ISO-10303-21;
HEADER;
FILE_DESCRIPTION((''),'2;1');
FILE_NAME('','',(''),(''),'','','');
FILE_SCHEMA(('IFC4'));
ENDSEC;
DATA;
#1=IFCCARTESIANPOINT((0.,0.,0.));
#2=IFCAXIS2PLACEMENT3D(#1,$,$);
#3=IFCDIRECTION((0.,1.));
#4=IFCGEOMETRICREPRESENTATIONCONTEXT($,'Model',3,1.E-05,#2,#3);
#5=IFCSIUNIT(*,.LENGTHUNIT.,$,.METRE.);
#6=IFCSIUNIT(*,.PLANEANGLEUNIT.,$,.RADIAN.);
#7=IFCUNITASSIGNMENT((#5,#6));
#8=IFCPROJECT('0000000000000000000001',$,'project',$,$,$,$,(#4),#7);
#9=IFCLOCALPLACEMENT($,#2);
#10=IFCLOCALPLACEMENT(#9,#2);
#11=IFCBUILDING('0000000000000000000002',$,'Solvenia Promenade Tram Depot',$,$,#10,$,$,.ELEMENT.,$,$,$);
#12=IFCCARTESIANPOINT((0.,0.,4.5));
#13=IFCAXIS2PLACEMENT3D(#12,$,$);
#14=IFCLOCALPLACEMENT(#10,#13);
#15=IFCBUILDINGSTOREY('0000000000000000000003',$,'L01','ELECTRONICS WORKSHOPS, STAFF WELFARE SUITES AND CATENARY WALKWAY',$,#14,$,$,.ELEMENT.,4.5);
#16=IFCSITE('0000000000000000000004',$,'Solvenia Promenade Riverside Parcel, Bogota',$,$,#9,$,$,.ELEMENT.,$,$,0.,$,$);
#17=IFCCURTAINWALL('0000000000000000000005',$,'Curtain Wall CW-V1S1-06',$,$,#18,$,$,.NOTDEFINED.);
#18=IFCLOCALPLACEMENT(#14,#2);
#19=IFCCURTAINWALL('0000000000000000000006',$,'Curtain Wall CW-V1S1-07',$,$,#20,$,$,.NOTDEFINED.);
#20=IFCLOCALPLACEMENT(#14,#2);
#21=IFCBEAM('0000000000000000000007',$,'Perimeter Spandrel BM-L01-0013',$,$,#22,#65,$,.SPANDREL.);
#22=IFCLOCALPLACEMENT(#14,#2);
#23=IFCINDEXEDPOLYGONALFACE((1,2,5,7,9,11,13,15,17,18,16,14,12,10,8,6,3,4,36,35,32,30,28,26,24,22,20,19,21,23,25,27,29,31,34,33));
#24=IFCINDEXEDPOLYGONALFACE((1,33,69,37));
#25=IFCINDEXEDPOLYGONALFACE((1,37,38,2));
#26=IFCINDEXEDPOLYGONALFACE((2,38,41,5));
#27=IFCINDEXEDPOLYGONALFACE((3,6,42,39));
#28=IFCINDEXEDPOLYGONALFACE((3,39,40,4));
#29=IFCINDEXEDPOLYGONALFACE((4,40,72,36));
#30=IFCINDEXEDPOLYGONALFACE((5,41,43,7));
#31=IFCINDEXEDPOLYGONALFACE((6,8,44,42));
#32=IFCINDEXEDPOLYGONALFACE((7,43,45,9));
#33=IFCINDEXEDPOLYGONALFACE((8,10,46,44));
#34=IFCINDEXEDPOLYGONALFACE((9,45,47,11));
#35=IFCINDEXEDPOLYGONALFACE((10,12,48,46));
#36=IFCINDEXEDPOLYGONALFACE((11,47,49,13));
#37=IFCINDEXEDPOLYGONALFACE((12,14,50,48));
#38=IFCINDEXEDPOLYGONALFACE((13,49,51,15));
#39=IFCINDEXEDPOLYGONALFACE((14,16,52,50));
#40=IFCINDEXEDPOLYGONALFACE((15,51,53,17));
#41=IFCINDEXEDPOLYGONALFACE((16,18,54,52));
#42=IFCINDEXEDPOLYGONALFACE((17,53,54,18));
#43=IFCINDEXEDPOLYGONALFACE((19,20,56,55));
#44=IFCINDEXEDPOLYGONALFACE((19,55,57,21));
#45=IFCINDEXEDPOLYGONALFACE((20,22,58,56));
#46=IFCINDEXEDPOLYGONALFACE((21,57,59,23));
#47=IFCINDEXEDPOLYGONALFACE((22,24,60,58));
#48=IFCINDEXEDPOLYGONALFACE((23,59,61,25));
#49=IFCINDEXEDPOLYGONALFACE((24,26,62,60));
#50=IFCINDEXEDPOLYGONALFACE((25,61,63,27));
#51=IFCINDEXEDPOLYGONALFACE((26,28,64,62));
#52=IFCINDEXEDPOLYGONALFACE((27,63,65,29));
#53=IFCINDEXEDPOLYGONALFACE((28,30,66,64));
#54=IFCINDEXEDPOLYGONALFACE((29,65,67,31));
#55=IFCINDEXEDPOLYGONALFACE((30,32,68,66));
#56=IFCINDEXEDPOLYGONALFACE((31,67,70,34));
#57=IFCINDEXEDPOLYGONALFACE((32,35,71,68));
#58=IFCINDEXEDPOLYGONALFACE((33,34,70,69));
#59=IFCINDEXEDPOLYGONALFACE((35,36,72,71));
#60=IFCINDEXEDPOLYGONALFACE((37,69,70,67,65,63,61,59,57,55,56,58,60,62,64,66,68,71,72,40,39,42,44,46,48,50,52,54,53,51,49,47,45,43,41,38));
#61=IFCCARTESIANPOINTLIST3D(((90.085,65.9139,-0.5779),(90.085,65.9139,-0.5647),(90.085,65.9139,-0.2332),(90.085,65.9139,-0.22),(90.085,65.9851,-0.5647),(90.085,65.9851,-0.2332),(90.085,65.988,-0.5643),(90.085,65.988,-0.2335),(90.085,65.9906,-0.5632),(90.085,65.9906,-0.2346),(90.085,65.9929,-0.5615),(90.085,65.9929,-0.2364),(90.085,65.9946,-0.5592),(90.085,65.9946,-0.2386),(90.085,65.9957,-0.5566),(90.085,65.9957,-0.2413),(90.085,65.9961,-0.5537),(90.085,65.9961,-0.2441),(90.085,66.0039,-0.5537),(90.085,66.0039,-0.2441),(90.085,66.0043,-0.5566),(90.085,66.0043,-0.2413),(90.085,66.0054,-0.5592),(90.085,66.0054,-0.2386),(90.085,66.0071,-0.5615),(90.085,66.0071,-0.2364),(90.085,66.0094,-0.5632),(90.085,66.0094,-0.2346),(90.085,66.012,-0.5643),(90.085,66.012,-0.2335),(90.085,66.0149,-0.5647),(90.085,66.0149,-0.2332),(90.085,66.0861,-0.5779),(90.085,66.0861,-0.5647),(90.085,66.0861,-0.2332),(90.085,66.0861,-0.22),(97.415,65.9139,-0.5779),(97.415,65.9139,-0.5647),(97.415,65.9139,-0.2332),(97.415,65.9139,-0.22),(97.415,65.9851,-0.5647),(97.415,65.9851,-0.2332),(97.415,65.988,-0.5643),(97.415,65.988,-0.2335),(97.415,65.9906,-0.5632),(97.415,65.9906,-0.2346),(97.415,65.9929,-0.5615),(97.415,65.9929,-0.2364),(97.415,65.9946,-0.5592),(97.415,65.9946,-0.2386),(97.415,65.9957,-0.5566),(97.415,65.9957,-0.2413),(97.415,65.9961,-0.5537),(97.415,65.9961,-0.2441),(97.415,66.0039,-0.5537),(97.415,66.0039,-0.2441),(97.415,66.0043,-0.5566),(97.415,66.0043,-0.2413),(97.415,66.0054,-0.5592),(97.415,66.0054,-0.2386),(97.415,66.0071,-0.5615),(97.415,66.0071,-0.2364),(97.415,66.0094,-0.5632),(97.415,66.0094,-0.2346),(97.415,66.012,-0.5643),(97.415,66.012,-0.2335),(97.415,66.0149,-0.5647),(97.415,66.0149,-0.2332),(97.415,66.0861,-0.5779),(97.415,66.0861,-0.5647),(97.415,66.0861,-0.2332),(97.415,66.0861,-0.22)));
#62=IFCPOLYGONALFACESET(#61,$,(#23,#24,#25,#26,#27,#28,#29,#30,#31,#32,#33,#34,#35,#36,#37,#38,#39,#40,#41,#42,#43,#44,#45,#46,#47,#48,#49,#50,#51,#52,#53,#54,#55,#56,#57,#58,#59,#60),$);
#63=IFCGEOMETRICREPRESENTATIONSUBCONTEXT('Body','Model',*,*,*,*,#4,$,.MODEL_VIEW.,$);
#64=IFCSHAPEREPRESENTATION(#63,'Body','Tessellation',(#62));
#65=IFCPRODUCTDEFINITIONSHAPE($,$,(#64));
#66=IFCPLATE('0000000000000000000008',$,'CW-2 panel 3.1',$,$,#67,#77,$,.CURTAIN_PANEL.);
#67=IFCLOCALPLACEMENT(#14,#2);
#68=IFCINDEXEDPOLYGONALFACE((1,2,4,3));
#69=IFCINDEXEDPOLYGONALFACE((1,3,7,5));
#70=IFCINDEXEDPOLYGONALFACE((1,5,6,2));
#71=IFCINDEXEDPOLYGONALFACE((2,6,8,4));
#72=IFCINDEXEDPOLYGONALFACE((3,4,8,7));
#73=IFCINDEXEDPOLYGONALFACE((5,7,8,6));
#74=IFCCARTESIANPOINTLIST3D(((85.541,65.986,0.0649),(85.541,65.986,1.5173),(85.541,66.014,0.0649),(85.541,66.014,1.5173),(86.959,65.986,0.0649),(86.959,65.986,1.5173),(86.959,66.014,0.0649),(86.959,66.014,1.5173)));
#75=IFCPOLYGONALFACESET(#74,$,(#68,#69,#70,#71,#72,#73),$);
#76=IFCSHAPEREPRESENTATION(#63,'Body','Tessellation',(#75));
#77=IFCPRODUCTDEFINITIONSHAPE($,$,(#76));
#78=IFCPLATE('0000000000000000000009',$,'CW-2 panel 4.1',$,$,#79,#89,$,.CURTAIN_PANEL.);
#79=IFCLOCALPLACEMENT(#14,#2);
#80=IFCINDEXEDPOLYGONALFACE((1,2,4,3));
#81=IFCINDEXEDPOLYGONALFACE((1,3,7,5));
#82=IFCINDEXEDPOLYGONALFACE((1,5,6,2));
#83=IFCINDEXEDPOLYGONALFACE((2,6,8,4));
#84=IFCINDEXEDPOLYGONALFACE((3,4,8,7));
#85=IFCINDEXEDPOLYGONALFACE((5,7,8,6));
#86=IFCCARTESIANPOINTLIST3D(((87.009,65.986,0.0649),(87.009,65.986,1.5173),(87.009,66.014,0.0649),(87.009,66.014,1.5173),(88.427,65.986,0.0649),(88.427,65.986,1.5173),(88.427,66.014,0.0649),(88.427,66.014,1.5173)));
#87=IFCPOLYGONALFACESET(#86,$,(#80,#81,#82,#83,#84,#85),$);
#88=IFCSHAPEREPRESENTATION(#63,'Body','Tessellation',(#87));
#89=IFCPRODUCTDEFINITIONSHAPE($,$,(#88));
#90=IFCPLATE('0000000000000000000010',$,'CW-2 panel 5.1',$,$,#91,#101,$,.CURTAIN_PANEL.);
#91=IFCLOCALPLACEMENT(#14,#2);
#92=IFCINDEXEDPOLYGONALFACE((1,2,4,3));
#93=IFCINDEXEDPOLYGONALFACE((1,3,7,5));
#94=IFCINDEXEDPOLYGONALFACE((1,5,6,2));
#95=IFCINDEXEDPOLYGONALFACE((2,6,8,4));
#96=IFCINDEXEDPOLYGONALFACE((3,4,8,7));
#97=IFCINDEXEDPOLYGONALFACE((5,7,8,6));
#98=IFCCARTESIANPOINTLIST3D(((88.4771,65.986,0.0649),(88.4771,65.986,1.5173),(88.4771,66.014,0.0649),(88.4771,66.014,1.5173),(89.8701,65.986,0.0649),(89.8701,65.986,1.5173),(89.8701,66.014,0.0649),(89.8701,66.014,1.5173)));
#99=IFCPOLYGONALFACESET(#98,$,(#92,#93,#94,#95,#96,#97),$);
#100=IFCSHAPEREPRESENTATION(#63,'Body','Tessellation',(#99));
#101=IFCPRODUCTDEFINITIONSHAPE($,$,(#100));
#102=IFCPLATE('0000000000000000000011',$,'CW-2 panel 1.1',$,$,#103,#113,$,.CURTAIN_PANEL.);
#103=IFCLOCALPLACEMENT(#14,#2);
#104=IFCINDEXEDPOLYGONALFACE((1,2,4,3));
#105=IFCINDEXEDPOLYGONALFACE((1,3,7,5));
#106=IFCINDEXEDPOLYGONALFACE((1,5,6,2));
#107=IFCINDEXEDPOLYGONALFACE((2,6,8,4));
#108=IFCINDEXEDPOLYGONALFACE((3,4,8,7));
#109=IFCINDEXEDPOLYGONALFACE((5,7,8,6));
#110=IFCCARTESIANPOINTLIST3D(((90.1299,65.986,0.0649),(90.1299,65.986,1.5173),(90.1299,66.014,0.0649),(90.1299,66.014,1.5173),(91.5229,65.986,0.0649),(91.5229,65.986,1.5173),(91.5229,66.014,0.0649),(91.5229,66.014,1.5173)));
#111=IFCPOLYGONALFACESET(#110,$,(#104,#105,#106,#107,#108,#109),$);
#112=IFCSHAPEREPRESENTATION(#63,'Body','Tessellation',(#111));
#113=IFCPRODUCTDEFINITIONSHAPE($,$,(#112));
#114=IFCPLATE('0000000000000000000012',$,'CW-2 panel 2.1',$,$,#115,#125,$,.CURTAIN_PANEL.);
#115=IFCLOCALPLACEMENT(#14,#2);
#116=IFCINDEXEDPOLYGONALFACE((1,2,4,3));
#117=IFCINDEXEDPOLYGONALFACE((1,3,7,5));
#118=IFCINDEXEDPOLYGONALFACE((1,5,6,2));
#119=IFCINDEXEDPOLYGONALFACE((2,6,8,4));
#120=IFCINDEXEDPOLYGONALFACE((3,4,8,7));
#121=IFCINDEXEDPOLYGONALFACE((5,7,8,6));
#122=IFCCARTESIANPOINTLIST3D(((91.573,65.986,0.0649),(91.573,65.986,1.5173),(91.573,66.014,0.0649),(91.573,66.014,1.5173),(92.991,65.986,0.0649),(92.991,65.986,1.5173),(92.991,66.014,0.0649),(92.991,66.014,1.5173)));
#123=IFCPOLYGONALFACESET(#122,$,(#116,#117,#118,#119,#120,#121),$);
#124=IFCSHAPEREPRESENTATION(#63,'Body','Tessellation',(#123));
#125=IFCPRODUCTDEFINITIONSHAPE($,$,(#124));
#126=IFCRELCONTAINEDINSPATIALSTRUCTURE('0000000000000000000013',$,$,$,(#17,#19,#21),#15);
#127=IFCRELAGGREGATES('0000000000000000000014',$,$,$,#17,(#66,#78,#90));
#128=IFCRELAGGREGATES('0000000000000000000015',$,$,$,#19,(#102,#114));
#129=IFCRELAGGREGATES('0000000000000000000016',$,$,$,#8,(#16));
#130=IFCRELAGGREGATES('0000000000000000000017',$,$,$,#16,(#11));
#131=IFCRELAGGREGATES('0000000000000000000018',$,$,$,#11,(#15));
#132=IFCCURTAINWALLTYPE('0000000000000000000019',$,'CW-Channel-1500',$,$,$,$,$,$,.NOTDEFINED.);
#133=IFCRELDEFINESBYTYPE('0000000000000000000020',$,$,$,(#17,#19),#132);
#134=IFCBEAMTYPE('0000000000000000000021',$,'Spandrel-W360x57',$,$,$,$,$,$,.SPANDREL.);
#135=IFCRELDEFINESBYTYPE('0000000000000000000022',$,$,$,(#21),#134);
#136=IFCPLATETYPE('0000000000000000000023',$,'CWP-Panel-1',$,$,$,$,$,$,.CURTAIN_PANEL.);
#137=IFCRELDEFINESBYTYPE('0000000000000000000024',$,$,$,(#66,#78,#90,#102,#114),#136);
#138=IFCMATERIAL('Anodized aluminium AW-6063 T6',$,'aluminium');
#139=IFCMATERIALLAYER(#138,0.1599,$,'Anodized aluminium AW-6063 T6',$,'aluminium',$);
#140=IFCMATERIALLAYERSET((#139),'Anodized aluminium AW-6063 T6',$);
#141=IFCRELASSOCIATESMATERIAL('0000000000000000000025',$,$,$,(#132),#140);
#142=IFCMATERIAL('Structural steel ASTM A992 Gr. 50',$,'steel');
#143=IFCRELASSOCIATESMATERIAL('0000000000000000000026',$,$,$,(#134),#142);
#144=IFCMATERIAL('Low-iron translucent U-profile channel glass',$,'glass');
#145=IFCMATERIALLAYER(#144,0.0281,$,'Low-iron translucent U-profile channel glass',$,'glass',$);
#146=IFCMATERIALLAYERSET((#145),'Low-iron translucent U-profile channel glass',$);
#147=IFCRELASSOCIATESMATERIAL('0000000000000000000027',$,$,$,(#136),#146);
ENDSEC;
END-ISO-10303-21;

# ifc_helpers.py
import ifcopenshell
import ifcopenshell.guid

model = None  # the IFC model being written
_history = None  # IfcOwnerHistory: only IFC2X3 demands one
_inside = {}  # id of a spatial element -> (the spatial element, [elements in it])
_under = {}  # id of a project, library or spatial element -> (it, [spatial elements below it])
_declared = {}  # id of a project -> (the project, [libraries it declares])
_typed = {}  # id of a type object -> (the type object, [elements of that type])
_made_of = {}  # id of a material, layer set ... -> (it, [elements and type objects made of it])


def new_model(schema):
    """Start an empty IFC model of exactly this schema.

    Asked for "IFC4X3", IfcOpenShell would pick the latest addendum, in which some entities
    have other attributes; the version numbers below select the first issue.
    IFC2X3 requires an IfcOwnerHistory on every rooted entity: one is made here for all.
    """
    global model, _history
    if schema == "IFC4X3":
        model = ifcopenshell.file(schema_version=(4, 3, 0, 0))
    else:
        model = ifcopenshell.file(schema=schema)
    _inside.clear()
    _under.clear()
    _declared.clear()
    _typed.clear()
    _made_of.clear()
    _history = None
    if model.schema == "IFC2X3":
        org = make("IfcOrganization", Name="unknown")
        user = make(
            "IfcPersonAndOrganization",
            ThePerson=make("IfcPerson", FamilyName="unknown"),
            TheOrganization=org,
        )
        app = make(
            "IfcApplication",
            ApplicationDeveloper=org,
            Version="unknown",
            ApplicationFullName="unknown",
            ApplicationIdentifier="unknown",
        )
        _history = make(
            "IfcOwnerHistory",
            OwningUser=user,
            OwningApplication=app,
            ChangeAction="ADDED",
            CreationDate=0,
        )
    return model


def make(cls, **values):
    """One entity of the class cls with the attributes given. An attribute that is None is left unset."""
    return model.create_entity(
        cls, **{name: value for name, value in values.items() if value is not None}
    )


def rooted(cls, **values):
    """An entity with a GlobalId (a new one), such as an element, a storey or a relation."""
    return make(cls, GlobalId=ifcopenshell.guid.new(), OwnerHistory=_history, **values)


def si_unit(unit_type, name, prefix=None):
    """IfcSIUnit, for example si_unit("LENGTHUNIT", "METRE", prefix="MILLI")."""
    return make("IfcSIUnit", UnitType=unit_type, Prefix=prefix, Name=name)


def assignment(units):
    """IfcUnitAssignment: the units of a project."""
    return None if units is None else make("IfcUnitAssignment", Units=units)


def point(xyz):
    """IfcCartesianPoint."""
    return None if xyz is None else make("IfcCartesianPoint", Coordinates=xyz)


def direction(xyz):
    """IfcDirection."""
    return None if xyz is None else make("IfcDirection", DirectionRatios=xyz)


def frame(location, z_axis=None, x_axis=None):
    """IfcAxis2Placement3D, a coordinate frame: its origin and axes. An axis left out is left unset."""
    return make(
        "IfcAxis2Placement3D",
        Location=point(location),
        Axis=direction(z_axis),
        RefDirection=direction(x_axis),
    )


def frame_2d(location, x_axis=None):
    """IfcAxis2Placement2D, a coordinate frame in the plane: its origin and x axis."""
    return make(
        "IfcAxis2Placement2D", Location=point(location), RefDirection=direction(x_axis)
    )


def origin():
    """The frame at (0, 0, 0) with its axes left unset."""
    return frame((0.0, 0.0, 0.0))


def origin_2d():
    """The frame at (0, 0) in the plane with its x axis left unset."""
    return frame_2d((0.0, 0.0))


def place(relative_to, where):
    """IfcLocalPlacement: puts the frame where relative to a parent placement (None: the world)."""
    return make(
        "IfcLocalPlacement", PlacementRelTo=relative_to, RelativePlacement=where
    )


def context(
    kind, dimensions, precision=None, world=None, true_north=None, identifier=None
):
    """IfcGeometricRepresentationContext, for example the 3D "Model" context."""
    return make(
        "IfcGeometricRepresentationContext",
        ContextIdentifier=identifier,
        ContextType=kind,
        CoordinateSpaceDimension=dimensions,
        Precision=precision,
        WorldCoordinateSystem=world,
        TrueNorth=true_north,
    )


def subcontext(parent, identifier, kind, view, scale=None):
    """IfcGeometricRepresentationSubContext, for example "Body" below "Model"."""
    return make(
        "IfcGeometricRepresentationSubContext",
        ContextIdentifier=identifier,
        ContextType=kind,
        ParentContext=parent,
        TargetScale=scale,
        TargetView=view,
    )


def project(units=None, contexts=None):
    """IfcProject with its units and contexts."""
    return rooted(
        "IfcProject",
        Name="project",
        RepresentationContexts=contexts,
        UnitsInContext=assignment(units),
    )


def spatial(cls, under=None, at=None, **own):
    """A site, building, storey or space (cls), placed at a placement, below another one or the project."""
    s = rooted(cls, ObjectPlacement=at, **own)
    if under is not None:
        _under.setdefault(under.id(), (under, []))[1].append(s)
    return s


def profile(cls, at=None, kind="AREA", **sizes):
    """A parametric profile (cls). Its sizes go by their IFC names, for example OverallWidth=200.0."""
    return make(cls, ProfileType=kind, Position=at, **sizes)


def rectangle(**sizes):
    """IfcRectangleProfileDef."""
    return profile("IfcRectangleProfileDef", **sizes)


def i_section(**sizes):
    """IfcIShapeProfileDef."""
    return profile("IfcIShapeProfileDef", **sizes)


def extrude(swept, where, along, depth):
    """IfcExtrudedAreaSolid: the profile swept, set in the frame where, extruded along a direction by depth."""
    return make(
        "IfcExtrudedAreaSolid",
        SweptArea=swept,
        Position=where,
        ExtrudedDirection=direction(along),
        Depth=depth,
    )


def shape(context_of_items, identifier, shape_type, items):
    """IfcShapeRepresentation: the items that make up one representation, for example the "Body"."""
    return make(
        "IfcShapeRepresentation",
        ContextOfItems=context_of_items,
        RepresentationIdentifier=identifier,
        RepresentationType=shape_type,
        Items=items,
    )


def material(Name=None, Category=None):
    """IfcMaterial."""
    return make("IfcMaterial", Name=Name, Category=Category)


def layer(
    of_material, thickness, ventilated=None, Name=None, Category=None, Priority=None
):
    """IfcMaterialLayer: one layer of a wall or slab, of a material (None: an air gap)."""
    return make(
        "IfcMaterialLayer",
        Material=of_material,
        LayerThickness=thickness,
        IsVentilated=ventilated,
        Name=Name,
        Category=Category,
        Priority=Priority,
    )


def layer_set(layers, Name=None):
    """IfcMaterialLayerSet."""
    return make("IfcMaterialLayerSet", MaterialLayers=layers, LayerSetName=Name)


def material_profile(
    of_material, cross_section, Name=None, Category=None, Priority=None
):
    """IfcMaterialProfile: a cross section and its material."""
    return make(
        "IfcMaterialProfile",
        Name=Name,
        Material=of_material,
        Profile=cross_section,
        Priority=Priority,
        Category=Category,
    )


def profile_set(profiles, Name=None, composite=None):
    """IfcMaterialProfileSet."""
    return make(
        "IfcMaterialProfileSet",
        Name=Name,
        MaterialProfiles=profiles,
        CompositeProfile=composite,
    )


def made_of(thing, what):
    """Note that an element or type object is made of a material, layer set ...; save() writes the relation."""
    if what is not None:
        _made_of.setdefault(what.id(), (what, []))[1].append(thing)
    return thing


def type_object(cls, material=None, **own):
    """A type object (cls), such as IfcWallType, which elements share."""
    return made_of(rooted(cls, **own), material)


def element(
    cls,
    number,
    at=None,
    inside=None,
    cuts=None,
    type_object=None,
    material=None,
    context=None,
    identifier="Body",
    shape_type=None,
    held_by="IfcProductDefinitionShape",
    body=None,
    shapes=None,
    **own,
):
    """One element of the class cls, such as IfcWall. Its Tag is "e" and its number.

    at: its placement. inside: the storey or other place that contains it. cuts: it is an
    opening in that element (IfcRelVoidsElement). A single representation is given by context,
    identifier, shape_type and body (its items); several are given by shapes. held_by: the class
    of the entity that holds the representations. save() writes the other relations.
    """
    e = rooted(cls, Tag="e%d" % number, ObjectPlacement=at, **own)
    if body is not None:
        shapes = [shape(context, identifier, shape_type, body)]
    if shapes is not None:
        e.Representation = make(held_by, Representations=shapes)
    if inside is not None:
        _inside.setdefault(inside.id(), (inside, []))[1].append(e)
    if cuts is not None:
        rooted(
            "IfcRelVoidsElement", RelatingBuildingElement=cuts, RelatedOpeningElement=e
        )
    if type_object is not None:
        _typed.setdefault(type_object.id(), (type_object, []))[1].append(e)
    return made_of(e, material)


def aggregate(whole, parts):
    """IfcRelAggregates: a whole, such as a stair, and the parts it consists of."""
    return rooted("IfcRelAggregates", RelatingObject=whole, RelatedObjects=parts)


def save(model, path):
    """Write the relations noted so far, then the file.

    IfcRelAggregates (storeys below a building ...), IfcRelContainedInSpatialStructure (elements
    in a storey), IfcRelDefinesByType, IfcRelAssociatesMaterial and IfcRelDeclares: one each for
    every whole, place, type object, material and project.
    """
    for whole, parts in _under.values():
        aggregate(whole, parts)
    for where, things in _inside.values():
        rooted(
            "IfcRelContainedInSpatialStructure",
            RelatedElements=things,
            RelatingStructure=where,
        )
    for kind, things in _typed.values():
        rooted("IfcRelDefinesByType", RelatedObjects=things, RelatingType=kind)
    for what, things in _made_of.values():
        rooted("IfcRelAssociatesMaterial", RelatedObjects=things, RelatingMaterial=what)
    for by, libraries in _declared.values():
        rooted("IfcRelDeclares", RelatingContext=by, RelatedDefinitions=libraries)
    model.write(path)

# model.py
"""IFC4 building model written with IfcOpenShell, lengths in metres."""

from ifc_helpers import new_model, si_unit, direction, frame, origin, origin_2d, place, context, subcontext, project, spatial, rectangle, i_section, extrude, material, layer, layer_set, material_profile, profile_set, type_object, element, aggregate, save


model = new_model("IFC4")

# Units and contexts
model_context = context("Model", 3, precision=1e-05, world=origin(), true_north=direction((0.0, 1.0)))
body_context = subcontext(model_context, "Body", "Model", "MODEL_VIEW")
ifc_project = project(units=[si_unit("LENGTHUNIT", "METRE"), si_unit("PLANEANGLEUNIT", "RADIAN")], contexts=[model_context])

# Site, building, storey
site_placement = place(None, origin())
site = spatial("IfcSite", under=ifc_project, at=site_placement, Name="Solvenia Promenade Riverside Parcel, Bogota", CompositionType="ELEMENT", RefElevation=0.0)
building_placement = place(site_placement, origin())
building = spatial("IfcBuilding", under=site, at=building_placement, Name="Solvenia Promenade Tram Depot", CompositionType="ELEMENT")
storey_placement = place(building_placement, frame((0.0, 0.0, 4.5)))
storey = spatial("IfcBuildingStorey", under=building, at=storey_placement, Name="L01", Description="ELECTRONICS WORKSHOPS, STAFF WELFARE SUITES AND CATENARY WALKWAY", CompositionType="ELEMENT", Elevation=4.5)

# Shared definitions
ifc_material_1 = material(Name="Structural steel ASTM A992 Gr. 50", Category="steel")

# Curtain walls
ifc_material_2 = material(Name="Anodized aluminium AW-6063 T6", Category="aluminium")
ifc_layer_1 = layer(ifc_material_2, 0.1599, Name="Anodized aluminium AW-6063 T6", Category="aluminium")
ifc_layer_set_1 = layer_set([ifc_layer_1], Name="Anodized aluminium AW-6063 T6")
curtain_wall_type = type_object("IfcCurtainWallType", Name="CW-Channel-1500", PredefinedType="NOTDEFINED", material=ifc_layer_set_1)
curtain_wall_1_placement = place(storey_placement, origin())
curtain_wall_1 = element("IfcCurtainWall", 1, at=curtain_wall_1_placement, inside=storey, type_object=curtain_wall_type, Name="Curtain Wall CW-V1S1-06", PredefinedType="NOTDEFINED")
curtain_wall_2_placement = place(storey_placement, origin())
curtain_wall_2 = element("IfcCurtainWall", 2, at=curtain_wall_2_placement, inside=storey, type_object=curtain_wall_type, Name="Curtain Wall CW-V1S1-07", PredefinedType="NOTDEFINED")

# Beam
ifc_material_profile_1 = material_profile(ifc_material_1, i_section(OverallWidth=0.1721, OverallDepth=0.3579, WebThickness=0.0078, FlangeThickness=0.0132, FilletRadius=0.011, at=origin_2d()), Name="W360x57", Category="steel")
ifc_profile_set_1 = profile_set([ifc_material_profile_1], Name="Structural steel ASTM A992 Gr. 50")
beam_type = type_object("IfcBeamType", Name="Spandrel-W360x57", PredefinedType="SPANDREL", material=ifc_profile_set_1)
beam_placement = place(storey_placement, frame((90.085, 66.0, -0.3989), z_axis=(1.0, 0.0, 0.0), x_axis=(0.0, 1.0, 0.0)))
element("IfcBeam", 3, at=beam_placement, inside=storey, type_object=beam_type, Name="Perimeter Spandrel BM-L01-0013", PredefinedType="SPANDREL", context=body_context, shape_type="SweptSolid", body=[
    extrude(i_section(OverallWidth=0.1721, OverallDepth=0.3579, WebThickness=0.0078, FlangeThickness=0.0132, FilletRadius=0.011, at=origin_2d()), origin(), (0.0, 0.0, 1.0), 7.3301),
])

# Plates
ifc_material_3 = material(Name="Low-iron translucent U-profile channel glass", Category="glass")
ifc_layer_2 = layer(ifc_material_3, 0.0281, Name="Low-iron translucent U-profile channel glass", Category="glass")
ifc_layer_set_2 = layer_set([ifc_layer_2], Name="Low-iron translucent U-profile channel glass")
plate_type = type_object("IfcPlateType", Name="CWP-Panel-1", PredefinedType="CURTAIN_PANEL", material=ifc_layer_set_2)
plate_1_placement = place(storey_placement, frame((86.25, 66.0, 0.0649), z_axis=(0.0, 0.0, 1.0), x_axis=(1.0, 0.0, 0.0)))
plate_1 = element("IfcPlate", 4, at=plate_1_placement, type_object=plate_type, Name="CW-2 panel 3.1", PredefinedType="CURTAIN_PANEL", context=body_context, shape_type="SweptSolid", body=[
    extrude(rectangle(XDim=1.418, YDim=0.0281, at=origin_2d()), origin(), (0.0, 0.0, 1.0), 1.4524),
])
plate_2_placement = place(storey_placement, frame((87.718, 66.0, 0.0649), z_axis=(0.0, 0.0, 1.0), x_axis=(1.0, 0.0, 0.0)))
plate_2 = element("IfcPlate", 5, at=plate_2_placement, type_object=plate_type, Name="CW-2 panel 4.1", PredefinedType="CURTAIN_PANEL", context=body_context, shape_type="SweptSolid", body=[
    extrude(rectangle(XDim=1.418, YDim=0.0281, at=origin_2d()), origin(), (0.0, 0.0, 1.0), 1.4524),
])
plate_3_placement = place(storey_placement, frame((89.1736, 66.0, 0.0649), z_axis=(0.0, 0.0, 1.0), x_axis=(1.0, 0.0, 0.0)))
plate_3 = element("IfcPlate", 6, at=plate_3_placement, type_object=plate_type, Name="CW-2 panel 5.1", PredefinedType="CURTAIN_PANEL", context=body_context, shape_type="SweptSolid", body=[
    extrude(rectangle(XDim=1.3931, YDim=0.0281, at=origin_2d()), origin(), (0.0, 0.0, 1.0), 1.4524),
])
aggregate(curtain_wall_1, [plate_1, plate_2, plate_3])
plate_4_placement = place(storey_placement, frame((90.8264, 66.0, 0.0649), z_axis=(0.0, 0.0, 1.0), x_axis=(1.0, 0.0, 0.0)))
plate_4 = element("IfcPlate", 7, at=plate_4_placement, type_object=plate_type, Name="CW-2 panel 1.1", PredefinedType="CURTAIN_PANEL", context=body_context, shape_type="SweptSolid", body=[
    extrude(rectangle(XDim=1.3931, YDim=0.0281, at=origin_2d()), origin(), (0.0, 0.0, 1.0), 1.4524),
])
plate_5_placement = place(storey_placement, frame((92.282, 66.0, 0.0649), z_axis=(0.0, 0.0, 1.0), x_axis=(1.0, 0.0, 0.0)))
plate_5 = element("IfcPlate", 8, at=plate_5_placement, type_object=plate_type, Name="CW-2 panel 2.1", PredefinedType="CURTAIN_PANEL", context=body_context, shape_type="SweptSolid", body=[
    extrude(rectangle(XDim=1.418, YDim=0.0281, at=origin_2d()), origin(), (0.0, 0.0, 1.0), 1.4524),
])
aggregate(curtain_wall_2, [plate_4, plate_5])

save(model, "model.ifc")
